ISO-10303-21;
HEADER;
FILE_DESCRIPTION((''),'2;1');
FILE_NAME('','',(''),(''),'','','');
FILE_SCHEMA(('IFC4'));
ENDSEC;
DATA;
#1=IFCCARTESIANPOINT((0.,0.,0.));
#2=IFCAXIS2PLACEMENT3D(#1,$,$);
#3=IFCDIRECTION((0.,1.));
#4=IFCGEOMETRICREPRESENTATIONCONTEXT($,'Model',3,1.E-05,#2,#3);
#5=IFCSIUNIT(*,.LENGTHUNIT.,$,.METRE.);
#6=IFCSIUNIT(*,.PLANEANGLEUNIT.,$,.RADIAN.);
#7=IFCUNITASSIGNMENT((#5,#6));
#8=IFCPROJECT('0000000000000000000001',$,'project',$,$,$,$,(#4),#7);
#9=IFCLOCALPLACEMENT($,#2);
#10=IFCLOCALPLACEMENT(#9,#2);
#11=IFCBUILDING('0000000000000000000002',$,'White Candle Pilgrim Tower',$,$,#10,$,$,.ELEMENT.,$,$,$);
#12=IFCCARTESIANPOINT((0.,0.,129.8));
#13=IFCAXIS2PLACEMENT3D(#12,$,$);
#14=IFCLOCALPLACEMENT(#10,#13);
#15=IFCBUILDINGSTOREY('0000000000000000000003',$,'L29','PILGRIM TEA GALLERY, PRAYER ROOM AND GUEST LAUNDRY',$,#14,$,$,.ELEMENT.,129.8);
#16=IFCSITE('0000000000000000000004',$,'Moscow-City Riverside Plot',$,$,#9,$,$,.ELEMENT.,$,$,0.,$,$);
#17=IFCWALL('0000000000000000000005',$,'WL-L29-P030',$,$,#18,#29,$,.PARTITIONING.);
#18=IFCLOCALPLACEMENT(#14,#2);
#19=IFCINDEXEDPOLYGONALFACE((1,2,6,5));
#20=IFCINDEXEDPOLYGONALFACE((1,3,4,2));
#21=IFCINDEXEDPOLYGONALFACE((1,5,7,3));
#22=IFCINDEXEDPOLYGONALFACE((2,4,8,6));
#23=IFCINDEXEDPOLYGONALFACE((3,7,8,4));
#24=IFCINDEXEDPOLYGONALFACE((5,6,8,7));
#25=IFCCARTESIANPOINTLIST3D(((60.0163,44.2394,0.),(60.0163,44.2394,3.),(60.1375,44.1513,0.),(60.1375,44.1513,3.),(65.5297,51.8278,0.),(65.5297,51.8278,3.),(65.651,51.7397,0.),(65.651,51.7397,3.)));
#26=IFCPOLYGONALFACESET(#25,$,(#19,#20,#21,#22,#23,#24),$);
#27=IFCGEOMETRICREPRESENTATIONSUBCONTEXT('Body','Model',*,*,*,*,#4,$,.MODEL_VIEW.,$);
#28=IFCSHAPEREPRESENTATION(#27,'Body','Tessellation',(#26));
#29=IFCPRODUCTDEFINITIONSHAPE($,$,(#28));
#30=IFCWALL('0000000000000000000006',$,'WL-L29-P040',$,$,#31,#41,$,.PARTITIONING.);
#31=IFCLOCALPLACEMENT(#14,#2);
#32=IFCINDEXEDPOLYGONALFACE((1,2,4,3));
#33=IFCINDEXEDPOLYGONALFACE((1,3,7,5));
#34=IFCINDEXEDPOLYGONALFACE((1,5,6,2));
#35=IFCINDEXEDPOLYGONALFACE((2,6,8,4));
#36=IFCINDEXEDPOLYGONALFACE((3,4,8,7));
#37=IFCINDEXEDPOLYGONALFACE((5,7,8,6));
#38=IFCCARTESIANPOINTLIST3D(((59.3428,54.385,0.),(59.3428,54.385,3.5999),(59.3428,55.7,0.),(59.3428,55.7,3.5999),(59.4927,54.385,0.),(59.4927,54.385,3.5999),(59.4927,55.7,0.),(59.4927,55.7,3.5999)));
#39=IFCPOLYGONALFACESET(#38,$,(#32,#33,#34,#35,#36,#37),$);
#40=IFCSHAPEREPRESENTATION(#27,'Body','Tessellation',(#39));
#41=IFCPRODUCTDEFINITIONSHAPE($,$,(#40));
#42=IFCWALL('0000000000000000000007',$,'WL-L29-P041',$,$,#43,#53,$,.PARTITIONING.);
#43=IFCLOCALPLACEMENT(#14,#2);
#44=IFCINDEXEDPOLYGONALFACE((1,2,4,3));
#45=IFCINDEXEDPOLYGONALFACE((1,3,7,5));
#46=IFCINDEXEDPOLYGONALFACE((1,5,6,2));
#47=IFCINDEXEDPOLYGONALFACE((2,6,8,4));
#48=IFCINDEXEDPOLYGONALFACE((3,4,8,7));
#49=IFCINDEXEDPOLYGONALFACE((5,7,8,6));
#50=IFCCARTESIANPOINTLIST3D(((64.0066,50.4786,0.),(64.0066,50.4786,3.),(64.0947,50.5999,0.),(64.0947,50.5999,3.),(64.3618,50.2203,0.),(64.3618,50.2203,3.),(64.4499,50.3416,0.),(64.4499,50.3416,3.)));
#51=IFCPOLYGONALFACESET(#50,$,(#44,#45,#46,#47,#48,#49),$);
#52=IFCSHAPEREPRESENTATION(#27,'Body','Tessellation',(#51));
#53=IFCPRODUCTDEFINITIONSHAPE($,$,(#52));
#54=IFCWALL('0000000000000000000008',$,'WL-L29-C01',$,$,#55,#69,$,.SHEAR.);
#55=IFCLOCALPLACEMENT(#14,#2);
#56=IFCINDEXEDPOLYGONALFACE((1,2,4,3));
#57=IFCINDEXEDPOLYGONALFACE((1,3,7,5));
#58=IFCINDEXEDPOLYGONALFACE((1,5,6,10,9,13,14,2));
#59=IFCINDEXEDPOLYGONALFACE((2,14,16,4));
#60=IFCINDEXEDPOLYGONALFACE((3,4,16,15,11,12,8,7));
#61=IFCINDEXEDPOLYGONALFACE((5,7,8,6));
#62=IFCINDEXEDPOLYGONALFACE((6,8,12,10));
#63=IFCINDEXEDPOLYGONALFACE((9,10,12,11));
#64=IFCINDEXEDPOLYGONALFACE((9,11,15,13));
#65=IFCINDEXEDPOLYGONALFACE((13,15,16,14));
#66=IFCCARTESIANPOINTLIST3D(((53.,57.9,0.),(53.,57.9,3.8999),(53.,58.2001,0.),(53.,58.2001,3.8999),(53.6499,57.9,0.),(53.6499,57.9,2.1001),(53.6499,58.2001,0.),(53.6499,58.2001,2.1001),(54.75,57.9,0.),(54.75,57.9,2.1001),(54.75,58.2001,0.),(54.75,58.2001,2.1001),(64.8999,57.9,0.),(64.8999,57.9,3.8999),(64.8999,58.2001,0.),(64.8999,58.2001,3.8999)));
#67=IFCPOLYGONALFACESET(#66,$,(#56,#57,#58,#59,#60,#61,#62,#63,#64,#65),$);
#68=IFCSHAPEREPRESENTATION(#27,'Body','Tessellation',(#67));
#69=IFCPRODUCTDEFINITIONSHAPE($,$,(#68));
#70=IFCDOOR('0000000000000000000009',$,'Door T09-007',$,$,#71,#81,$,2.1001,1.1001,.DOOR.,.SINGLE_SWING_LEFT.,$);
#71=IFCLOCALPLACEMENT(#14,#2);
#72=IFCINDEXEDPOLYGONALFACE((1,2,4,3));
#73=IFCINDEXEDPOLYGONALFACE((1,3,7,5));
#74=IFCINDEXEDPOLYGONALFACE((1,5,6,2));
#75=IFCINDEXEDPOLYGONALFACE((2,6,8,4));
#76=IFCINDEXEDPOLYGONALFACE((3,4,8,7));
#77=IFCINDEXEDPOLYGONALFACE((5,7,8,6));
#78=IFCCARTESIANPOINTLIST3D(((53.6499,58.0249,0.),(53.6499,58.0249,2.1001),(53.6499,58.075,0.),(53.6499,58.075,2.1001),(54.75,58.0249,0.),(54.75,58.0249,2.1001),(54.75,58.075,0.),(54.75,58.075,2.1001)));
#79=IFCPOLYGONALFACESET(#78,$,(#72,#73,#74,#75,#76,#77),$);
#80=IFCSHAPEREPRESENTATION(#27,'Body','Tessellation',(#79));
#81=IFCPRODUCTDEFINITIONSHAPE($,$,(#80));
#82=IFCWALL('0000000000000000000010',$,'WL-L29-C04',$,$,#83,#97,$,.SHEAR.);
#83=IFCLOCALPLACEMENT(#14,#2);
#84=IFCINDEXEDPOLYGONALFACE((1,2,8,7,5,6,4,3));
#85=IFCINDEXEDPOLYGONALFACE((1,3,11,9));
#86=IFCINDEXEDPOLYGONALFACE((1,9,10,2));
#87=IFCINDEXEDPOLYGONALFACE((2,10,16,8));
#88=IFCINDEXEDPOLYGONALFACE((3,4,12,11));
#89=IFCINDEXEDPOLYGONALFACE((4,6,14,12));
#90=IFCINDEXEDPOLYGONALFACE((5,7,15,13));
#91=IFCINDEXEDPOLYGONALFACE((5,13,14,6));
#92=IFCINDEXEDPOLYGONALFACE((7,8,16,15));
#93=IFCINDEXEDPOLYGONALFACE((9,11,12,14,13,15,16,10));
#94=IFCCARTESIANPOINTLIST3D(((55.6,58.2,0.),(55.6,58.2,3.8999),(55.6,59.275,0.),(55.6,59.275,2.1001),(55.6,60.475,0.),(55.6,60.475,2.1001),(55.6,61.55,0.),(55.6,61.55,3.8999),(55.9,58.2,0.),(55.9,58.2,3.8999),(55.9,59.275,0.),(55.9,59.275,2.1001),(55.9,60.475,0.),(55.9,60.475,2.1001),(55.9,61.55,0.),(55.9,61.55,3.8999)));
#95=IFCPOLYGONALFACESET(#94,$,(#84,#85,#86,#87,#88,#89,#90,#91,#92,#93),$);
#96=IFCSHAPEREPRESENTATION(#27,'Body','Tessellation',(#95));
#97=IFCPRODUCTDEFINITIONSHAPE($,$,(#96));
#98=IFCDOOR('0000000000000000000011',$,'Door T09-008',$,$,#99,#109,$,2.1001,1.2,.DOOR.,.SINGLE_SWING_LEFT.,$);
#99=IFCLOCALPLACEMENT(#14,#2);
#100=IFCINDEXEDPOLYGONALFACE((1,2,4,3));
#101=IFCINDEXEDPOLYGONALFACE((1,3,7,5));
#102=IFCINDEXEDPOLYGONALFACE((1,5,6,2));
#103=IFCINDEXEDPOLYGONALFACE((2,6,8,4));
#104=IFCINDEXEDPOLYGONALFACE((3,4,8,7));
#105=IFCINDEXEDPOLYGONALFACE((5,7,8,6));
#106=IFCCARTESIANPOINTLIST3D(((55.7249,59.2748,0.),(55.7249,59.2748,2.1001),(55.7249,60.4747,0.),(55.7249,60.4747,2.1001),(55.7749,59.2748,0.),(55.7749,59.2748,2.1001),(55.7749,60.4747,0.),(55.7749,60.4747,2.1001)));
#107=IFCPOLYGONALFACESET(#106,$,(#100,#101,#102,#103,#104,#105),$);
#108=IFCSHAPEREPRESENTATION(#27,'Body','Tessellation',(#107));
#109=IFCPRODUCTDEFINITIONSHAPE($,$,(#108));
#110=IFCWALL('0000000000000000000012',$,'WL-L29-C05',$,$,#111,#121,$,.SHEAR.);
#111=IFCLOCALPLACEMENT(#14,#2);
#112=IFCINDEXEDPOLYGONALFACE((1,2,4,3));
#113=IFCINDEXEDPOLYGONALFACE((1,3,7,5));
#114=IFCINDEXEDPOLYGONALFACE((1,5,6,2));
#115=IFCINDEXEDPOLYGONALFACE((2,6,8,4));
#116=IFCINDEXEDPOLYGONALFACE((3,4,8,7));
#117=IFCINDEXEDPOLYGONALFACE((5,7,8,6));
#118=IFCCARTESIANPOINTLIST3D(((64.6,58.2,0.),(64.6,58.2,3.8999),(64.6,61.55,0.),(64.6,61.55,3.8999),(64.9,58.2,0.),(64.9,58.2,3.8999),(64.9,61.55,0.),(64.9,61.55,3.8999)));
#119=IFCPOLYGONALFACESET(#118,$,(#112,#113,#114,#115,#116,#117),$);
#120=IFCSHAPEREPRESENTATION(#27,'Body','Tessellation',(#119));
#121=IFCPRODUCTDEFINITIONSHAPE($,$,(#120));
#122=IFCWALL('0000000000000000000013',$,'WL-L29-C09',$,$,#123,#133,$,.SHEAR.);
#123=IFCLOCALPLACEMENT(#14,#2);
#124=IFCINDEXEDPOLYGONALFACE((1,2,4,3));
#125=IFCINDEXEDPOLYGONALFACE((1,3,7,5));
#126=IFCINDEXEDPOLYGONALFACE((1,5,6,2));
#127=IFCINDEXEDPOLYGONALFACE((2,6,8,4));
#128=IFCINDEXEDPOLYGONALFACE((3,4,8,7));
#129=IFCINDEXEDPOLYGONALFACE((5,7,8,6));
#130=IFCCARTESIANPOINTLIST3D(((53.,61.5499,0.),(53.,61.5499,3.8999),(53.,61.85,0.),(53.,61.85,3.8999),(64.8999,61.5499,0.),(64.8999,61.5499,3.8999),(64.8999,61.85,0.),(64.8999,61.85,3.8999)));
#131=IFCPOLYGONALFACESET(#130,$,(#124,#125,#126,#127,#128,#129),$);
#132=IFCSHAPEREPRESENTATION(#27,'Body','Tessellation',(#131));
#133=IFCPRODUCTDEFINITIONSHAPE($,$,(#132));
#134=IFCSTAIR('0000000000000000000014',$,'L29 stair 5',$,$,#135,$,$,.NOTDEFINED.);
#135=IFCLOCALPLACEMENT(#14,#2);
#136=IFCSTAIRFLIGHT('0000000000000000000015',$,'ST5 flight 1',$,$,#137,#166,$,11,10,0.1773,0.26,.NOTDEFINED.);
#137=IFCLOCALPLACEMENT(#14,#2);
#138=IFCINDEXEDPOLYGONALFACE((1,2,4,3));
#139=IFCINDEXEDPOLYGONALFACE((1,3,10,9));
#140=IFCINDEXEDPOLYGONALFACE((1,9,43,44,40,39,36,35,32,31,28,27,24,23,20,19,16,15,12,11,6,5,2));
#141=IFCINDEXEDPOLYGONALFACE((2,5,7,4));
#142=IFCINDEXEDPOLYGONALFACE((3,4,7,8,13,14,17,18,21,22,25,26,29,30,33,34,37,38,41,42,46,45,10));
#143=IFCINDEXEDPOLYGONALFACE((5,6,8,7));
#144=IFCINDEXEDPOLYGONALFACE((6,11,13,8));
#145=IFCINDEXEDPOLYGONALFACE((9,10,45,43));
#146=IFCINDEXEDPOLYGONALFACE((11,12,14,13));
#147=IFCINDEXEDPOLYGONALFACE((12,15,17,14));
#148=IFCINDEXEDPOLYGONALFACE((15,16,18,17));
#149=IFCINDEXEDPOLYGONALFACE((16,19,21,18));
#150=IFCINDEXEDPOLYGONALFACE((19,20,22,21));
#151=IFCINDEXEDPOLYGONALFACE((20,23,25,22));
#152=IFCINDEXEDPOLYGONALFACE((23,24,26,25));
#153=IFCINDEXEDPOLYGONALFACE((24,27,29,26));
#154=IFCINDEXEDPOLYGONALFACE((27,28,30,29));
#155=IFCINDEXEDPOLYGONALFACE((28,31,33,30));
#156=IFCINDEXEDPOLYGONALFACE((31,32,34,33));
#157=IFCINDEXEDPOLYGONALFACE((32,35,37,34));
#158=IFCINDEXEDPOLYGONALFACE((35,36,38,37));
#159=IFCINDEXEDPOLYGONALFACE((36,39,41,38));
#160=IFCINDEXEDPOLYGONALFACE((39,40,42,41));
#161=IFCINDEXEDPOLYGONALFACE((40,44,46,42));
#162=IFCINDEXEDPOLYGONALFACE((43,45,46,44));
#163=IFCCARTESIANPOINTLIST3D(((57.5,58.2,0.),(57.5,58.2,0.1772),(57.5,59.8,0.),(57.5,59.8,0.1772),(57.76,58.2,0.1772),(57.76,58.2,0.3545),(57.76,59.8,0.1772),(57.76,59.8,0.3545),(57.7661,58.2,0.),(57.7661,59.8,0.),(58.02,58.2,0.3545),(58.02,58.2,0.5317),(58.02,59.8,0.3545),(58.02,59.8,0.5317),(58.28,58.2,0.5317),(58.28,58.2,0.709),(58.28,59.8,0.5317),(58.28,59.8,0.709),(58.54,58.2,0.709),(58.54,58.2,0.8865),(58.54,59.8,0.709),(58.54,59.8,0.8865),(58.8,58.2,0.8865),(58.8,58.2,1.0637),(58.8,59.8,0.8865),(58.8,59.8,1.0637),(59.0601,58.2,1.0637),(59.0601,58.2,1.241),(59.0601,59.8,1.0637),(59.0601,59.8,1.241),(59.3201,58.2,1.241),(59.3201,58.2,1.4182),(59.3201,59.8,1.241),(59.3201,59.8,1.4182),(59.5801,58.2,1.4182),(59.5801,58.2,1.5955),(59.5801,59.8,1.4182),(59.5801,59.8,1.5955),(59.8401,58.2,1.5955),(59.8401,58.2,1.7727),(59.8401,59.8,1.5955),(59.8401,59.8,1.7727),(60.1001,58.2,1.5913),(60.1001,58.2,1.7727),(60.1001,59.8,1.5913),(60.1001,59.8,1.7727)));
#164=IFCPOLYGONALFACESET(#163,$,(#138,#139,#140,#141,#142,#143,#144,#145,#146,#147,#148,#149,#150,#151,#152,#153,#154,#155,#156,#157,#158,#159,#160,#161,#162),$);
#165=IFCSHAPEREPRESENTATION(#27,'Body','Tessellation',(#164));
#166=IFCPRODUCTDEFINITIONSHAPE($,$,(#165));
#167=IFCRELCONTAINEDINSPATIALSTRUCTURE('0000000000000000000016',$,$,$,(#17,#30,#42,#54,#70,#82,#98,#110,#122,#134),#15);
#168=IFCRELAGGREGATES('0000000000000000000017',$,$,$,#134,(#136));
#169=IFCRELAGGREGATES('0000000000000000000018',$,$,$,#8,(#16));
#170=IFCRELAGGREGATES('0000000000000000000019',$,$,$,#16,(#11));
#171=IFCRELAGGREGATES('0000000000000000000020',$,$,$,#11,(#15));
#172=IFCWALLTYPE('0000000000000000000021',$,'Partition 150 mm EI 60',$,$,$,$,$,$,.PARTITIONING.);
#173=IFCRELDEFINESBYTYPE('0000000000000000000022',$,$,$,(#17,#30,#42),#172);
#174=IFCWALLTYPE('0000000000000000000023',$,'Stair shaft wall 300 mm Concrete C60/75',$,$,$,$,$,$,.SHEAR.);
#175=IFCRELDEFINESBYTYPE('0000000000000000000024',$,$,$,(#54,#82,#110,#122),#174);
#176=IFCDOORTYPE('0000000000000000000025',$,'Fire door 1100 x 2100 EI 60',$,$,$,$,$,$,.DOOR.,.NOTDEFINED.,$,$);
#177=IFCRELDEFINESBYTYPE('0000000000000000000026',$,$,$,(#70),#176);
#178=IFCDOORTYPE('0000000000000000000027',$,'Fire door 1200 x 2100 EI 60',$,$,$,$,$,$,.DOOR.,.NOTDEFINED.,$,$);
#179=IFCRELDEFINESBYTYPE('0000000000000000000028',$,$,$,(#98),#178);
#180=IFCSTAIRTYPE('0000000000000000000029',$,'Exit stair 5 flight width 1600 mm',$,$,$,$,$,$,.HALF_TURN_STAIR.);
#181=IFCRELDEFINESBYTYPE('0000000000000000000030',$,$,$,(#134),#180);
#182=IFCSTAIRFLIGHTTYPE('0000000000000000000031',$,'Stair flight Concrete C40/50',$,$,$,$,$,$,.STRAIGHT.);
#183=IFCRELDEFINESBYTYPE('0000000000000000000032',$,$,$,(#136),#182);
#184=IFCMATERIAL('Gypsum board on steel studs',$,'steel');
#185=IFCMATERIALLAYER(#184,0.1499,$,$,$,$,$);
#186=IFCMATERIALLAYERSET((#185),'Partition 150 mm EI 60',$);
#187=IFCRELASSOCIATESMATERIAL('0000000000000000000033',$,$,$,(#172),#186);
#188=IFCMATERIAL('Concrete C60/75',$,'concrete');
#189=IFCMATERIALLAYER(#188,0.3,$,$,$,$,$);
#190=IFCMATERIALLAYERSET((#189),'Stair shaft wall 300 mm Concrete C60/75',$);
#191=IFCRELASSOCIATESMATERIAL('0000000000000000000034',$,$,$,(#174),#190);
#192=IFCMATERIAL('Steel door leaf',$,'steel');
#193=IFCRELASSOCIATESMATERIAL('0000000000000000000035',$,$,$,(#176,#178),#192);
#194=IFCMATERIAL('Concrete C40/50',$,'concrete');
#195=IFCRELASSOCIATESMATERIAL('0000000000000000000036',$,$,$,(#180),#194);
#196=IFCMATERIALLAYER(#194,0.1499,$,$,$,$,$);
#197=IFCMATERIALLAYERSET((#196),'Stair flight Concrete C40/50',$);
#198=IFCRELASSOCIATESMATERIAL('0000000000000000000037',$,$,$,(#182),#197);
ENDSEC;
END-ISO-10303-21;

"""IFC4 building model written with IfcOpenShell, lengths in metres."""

from ifc_helpers import new_model, si_unit, direction, frame, frame_2d, origin, place, context, subcontext, project, spatial, polyline, rectangle, outline, extrude, material, layer, layer_set, type_object, element, fill, aggregate, save


model = new_model("IFC4")

# Units and contexts
model_context = context("Model", 3, precision=1e-05, world=origin(), true_north=direction((0.0, 1.0)))
body_context = subcontext(model_context, "Body", "Model", "MODEL_VIEW")
ifc_project = project(units=[si_unit("LENGTHUNIT", "METRE"), si_unit("PLANEANGLEUNIT", "RADIAN")], contexts=[model_context])

# Site, building, storey
site_placement = place(None, origin())
site = spatial("IfcSite", under=ifc_project, at=site_placement, Name="Moscow-City Riverside Plot", CompositionType="ELEMENT", RefElevation=0.0)
building_placement = place(site_placement, origin())
building = spatial("IfcBuilding", under=site, at=building_placement, Name="White Candle Pilgrim Tower", CompositionType="ELEMENT")
storey_placement = place(building_placement, frame((0.0, 0.0, 129.8)))
storey = spatial("IfcBuildingStorey", under=building, at=storey_placement, Name="L29", Description="PILGRIM TEA GALLERY, PRAYER ROOM AND GUEST LAUNDRY", CompositionType="ELEMENT", Elevation=129.8)

# Shared definitions
ifc_material_1 = material(Name="Concrete C60/75", Category="concrete")

# Shared definitions
ifc_material_2 = material(Name="Gypsum board on steel studs", Category="steel")
ifc_material_3 = material(Name="Steel door leaf", Category="steel")

# Walls
ifc_layer_1 = layer(ifc_material_2, 0.1499)
ifc_layer_set_1 = layer_set([ifc_layer_1], Name="Partition 150 mm EI 60")
wall_type_1 = type_object("IfcWallType", Name="Partition 150 mm EI 60", PredefinedType="PARTITIONING", material=ifc_layer_set_1)
for number, where, z_axis, x_axis, name in (
    (1, (60.0769, 44.1953, 0.0), (0.0, 0.0, 1.0), (0.587796, 0.80901, 0.0), "WL-L29-P030"),
):
    element("IfcWall", number, at=place(storey_placement, frame(where, z_axis=z_axis, x_axis=x_axis)), inside=storey, type_object=wall_type_1, Name=name, PredefinedType="PARTITIONING", context=body_context, shape_type="SweptSolid", body=[
        extrude(rectangle(XDim=9.3799, YDim=0.1499, at=frame_2d((4.6899, 0.0))), origin(), (0.0, 0.0, 1.0), 3.0),
    ])
wall_1_placement = place(storey_placement, frame((59.4177, 54.385, 0.0), z_axis=(0.0, 0.0, 1.0), x_axis=(0.0, 1.0, 0.0)))
element("IfcWall", 2, at=wall_1_placement, inside=storey, type_object=wall_type_1, Name="WL-L29-P040", PredefinedType="PARTITIONING", context=body_context, shape_type="SweptSolid", body=[
    extrude(rectangle(XDim=1.3149, YDim=0.1499, at=frame_2d((0.6575, 0.0))), origin(), (0.0, 0.0, 1.0), 3.5999),
])
wall_2_placement = place(storey_placement, frame((64.0505, 50.5393, 0.0), z_axis=(0.0, 0.0, 1.0), x_axis=(0.808784, -0.588106, 0.0)))
element("IfcWall", 3, at=wall_2_placement, inside=storey, type_object=wall_type_1, Name="WL-L29-P041", PredefinedType="PARTITIONING", context=body_context, shape_type="SweptSolid", body=[
    extrude(rectangle(XDim=0.4392, YDim=0.1499, at=frame_2d((0.2197, 0.0))), origin(), (0.0, 0.0, 1.0), 3.0),
])

# Walls, openings, doors
ifc_layer_2 = layer(ifc_material_1, 0.3)
ifc_layer_set_2 = layer_set([ifc_layer_2], Name="Stair shaft wall 300 mm Concrete C60/75")
wall_type_2 = type_object("IfcWallType", Name="Stair shaft wall 300 mm Concrete C60/75", PredefinedType="SHEAR", material=ifc_layer_set_2)
wall_3_placement = place(storey_placement, frame((53.0, 58.05, 0.0), z_axis=(0.0, 0.0, 1.0), x_axis=(1.0, 0.0, 0.0)))
wall_3 = element("IfcWall", 4, at=wall_3_placement, inside=storey, type_object=wall_type_2, Name="WL-L29-C01", PredefinedType="SHEAR", context=body_context, shape_type="SweptSolid", body=[
    extrude(rectangle(XDim=11.8999, YDim=0.3, at=frame_2d((5.95, 0.0))), origin(), (0.0, 0.0, 1.0), 3.8999),
])
opening_1_placement = place(wall_3_placement, frame((0.6499, 0.0, 0.0)))
opening_1 = element("IfcOpeningElement", 5, at=opening_1_placement, cuts=wall_3, PredefinedType="OPENING", context=body_context, shape_type="SweptSolid", body=[
    extrude(rectangle(XDim=1.1001, YDim=2.1001, at=frame_2d((0.55, 1.05))), frame((0.0, 0.1599, 0.0), z_axis=(0.0, -1.0, 0.0), x_axis=(1.0, 0.0, 0.0)), (0.0, 0.0, 1.0), 0.3201),
])
door_type_1 = type_object("IfcDoorType", Name="Fire door 1100 x 2100 EI 60", OperationType="NOTDEFINED", PredefinedType="DOOR", material=ifc_material_3)
door_1_placement = place(opening_1_placement, origin())
door_1 = element("IfcDoor", 6, at=door_1_placement, inside=storey, type_object=door_type_1, Name="Door T09-007", OperationType="SINGLE_SWING_LEFT", OverallHeight=2.1001, OverallWidth=1.1001, PredefinedType="DOOR", context=body_context, shape_type="SweptSolid", body=[
    extrude(rectangle(XDim=1.1001, YDim=2.1001, at=frame_2d((0.55, 1.05))), frame((0.0, 0.0249, 0.0), z_axis=(0.0, -1.0, 0.0), x_axis=(1.0, 0.0, 0.0)), (0.0, 0.0, 1.0), 0.05),
])
fill(opening_1, door_1)
wall_4_placement = place(storey_placement, frame((55.75, 58.2, 0.0), z_axis=(0.0, 0.0, 1.0), x_axis=(0.0, 1.0, 0.0)))
wall_4 = element("IfcWall", 7, at=wall_4_placement, inside=storey, type_object=wall_type_2, Name="WL-L29-C04", PredefinedType="SHEAR", context=body_context, shape_type="SweptSolid", body=[
    extrude(rectangle(XDim=3.3501, YDim=0.3, at=frame_2d((1.675, 0.0))), origin(), (0.0, 0.0, 1.0), 3.8999),
])
opening_2_placement = place(wall_4_placement, frame((1.075, 0.0, 0.0)))
opening_2 = element("IfcOpeningElement", 8, at=opening_2_placement, cuts=wall_4, PredefinedType="OPENING", context=body_context, shape_type="SweptSolid", body=[
    extrude(rectangle(XDim=1.2, YDim=2.1001, at=frame_2d((0.6001, 1.05))), frame((0.0, 0.1599, 0.0), z_axis=(0.0, -1.0, 0.0), x_axis=(1.0, 0.0, 0.0)), (0.0, 0.0, 1.0), 0.3201),
])
door_type_2 = type_object("IfcDoorType", Name="Fire door 1200 x 2100 EI 60", OperationType="NOTDEFINED", PredefinedType="DOOR", material=ifc_material_3)
door_2_placement = place(opening_2_placement, frame((1.2, 0.0, 0.0), z_axis=(0.0, 0.0, 1.0), x_axis=(-1.0, 0.0, 0.0)))
door_2 = element("IfcDoor", 9, at=door_2_placement, inside=storey, type_object=door_type_2, Name="Door T09-008", OperationType="SINGLE_SWING_LEFT", OverallHeight=2.1001, OverallWidth=1.2, PredefinedType="DOOR", context=body_context, shape_type="SweptSolid", body=[
    extrude(rectangle(XDim=1.2, YDim=2.1001, at=frame_2d((0.6001, 1.05))), frame((0.0, 0.0249, 0.0), z_axis=(0.0, -1.0, 0.0), x_axis=(1.0, 0.0, 0.0)), (0.0, 0.0, 1.0), 0.05),
])
fill(opening_2, door_2)

# Walls
wall_5_placement = place(storey_placement, frame((64.75, 58.2, 0.0), z_axis=(0.0, 0.0, 1.0), x_axis=(0.0, 1.0, 0.0)))
element("IfcWall", 10, at=wall_5_placement, inside=storey, type_object=wall_type_2, Name="WL-L29-C05", PredefinedType="SHEAR", context=body_context, shape_type="SweptSolid", body=[
    extrude(rectangle(XDim=3.3501, YDim=0.3, at=frame_2d((1.675, 0.0))), origin(), (0.0, 0.0, 1.0), 3.8999),
])
wall_6_placement = place(storey_placement, frame((53.0, 61.7, 0.0), z_axis=(0.0, 0.0, 1.0), x_axis=(1.0, 0.0, 0.0)))
element("IfcWall", 11, at=wall_6_placement, inside=storey, type_object=wall_type_2, Name="WL-L29-C09", PredefinedType="SHEAR", context=body_context, shape_type="SweptSolid", body=[
    extrude(rectangle(XDim=11.8999, YDim=0.3, at=frame_2d((5.95, 0.0))), origin(), (0.0, 0.0, 1.0), 3.8999),
])

# Stair, stair flight
ifc_material_4 = material(Name="Concrete C40/50", Category="concrete")
stair_type = type_object("IfcStairType", Name="Exit stair 5 flight width 1600 mm", PredefinedType="HALF_TURN_STAIR", material=ifc_material_4)
stair_placement = place(storey_placement, origin())
stair = element("IfcStair", 12, at=stair_placement, inside=storey, type_object=stair_type, Name="L29 stair 5", PredefinedType="NOTDEFINED")
ifc_layer_3 = layer(ifc_material_4, 0.1499)
ifc_layer_set_3 = layer_set([ifc_layer_3], Name="Stair flight Concrete C40/50")
stair_flight_type = type_object("IfcStairFlightType", Name="Stair flight Concrete C40/50", PredefinedType="STRAIGHT", material=ifc_layer_set_3)
stair_flight_1_placement = place(storey_placement, frame((57.5, 59.0, 0.0), z_axis=(0.0, 0.0, 1.0), x_axis=(1.0, 0.0, 0.0)))
stair_flight_1 = element("IfcStairFlight", 13, at=stair_flight_1_placement, type_object=stair_flight_type, Name="ST5 flight 1", NumberOfRisers=11, NumberOfTreads=10, PredefinedType="NOTDEFINED", RiserHeight=0.1773, TreadLength=0.26, context=body_context, shape_type="SweptSolid", body=[
    extrude(outline(polyline([(0.0, 0.0), (0.0, 0.1772), (0.26, 0.1772), (0.26, 0.3545), (0.52, 0.3545), (0.52, 0.5317), (0.78, 0.5317), (0.78, 0.709), (1.04, 0.709), (1.04, 0.8865), (1.3, 0.8865), (1.3, 1.0637), (1.5601, 1.0637), (1.5601, 1.241), (1.8201, 1.241), (1.8201, 1.4182), (2.0801, 1.4182), (2.0801, 1.5955), (2.3401, 1.5955), (2.3401, 1.7727), (2.6001, 1.7727), (2.6001, 1.95), (2.6001, 1.5913), (0.2661, 0.0), (0.0, 0.0)])), frame((0.0, 0.8, 0.0), z_axis=(0.0, -1.0, 0.0), x_axis=(1.0, 0.0, 0.0)), (0.0, 0.0, 1.0), 1.6001),
])
aggregate(stair, [stair_flight_1])

save(model, "model.ifc")
